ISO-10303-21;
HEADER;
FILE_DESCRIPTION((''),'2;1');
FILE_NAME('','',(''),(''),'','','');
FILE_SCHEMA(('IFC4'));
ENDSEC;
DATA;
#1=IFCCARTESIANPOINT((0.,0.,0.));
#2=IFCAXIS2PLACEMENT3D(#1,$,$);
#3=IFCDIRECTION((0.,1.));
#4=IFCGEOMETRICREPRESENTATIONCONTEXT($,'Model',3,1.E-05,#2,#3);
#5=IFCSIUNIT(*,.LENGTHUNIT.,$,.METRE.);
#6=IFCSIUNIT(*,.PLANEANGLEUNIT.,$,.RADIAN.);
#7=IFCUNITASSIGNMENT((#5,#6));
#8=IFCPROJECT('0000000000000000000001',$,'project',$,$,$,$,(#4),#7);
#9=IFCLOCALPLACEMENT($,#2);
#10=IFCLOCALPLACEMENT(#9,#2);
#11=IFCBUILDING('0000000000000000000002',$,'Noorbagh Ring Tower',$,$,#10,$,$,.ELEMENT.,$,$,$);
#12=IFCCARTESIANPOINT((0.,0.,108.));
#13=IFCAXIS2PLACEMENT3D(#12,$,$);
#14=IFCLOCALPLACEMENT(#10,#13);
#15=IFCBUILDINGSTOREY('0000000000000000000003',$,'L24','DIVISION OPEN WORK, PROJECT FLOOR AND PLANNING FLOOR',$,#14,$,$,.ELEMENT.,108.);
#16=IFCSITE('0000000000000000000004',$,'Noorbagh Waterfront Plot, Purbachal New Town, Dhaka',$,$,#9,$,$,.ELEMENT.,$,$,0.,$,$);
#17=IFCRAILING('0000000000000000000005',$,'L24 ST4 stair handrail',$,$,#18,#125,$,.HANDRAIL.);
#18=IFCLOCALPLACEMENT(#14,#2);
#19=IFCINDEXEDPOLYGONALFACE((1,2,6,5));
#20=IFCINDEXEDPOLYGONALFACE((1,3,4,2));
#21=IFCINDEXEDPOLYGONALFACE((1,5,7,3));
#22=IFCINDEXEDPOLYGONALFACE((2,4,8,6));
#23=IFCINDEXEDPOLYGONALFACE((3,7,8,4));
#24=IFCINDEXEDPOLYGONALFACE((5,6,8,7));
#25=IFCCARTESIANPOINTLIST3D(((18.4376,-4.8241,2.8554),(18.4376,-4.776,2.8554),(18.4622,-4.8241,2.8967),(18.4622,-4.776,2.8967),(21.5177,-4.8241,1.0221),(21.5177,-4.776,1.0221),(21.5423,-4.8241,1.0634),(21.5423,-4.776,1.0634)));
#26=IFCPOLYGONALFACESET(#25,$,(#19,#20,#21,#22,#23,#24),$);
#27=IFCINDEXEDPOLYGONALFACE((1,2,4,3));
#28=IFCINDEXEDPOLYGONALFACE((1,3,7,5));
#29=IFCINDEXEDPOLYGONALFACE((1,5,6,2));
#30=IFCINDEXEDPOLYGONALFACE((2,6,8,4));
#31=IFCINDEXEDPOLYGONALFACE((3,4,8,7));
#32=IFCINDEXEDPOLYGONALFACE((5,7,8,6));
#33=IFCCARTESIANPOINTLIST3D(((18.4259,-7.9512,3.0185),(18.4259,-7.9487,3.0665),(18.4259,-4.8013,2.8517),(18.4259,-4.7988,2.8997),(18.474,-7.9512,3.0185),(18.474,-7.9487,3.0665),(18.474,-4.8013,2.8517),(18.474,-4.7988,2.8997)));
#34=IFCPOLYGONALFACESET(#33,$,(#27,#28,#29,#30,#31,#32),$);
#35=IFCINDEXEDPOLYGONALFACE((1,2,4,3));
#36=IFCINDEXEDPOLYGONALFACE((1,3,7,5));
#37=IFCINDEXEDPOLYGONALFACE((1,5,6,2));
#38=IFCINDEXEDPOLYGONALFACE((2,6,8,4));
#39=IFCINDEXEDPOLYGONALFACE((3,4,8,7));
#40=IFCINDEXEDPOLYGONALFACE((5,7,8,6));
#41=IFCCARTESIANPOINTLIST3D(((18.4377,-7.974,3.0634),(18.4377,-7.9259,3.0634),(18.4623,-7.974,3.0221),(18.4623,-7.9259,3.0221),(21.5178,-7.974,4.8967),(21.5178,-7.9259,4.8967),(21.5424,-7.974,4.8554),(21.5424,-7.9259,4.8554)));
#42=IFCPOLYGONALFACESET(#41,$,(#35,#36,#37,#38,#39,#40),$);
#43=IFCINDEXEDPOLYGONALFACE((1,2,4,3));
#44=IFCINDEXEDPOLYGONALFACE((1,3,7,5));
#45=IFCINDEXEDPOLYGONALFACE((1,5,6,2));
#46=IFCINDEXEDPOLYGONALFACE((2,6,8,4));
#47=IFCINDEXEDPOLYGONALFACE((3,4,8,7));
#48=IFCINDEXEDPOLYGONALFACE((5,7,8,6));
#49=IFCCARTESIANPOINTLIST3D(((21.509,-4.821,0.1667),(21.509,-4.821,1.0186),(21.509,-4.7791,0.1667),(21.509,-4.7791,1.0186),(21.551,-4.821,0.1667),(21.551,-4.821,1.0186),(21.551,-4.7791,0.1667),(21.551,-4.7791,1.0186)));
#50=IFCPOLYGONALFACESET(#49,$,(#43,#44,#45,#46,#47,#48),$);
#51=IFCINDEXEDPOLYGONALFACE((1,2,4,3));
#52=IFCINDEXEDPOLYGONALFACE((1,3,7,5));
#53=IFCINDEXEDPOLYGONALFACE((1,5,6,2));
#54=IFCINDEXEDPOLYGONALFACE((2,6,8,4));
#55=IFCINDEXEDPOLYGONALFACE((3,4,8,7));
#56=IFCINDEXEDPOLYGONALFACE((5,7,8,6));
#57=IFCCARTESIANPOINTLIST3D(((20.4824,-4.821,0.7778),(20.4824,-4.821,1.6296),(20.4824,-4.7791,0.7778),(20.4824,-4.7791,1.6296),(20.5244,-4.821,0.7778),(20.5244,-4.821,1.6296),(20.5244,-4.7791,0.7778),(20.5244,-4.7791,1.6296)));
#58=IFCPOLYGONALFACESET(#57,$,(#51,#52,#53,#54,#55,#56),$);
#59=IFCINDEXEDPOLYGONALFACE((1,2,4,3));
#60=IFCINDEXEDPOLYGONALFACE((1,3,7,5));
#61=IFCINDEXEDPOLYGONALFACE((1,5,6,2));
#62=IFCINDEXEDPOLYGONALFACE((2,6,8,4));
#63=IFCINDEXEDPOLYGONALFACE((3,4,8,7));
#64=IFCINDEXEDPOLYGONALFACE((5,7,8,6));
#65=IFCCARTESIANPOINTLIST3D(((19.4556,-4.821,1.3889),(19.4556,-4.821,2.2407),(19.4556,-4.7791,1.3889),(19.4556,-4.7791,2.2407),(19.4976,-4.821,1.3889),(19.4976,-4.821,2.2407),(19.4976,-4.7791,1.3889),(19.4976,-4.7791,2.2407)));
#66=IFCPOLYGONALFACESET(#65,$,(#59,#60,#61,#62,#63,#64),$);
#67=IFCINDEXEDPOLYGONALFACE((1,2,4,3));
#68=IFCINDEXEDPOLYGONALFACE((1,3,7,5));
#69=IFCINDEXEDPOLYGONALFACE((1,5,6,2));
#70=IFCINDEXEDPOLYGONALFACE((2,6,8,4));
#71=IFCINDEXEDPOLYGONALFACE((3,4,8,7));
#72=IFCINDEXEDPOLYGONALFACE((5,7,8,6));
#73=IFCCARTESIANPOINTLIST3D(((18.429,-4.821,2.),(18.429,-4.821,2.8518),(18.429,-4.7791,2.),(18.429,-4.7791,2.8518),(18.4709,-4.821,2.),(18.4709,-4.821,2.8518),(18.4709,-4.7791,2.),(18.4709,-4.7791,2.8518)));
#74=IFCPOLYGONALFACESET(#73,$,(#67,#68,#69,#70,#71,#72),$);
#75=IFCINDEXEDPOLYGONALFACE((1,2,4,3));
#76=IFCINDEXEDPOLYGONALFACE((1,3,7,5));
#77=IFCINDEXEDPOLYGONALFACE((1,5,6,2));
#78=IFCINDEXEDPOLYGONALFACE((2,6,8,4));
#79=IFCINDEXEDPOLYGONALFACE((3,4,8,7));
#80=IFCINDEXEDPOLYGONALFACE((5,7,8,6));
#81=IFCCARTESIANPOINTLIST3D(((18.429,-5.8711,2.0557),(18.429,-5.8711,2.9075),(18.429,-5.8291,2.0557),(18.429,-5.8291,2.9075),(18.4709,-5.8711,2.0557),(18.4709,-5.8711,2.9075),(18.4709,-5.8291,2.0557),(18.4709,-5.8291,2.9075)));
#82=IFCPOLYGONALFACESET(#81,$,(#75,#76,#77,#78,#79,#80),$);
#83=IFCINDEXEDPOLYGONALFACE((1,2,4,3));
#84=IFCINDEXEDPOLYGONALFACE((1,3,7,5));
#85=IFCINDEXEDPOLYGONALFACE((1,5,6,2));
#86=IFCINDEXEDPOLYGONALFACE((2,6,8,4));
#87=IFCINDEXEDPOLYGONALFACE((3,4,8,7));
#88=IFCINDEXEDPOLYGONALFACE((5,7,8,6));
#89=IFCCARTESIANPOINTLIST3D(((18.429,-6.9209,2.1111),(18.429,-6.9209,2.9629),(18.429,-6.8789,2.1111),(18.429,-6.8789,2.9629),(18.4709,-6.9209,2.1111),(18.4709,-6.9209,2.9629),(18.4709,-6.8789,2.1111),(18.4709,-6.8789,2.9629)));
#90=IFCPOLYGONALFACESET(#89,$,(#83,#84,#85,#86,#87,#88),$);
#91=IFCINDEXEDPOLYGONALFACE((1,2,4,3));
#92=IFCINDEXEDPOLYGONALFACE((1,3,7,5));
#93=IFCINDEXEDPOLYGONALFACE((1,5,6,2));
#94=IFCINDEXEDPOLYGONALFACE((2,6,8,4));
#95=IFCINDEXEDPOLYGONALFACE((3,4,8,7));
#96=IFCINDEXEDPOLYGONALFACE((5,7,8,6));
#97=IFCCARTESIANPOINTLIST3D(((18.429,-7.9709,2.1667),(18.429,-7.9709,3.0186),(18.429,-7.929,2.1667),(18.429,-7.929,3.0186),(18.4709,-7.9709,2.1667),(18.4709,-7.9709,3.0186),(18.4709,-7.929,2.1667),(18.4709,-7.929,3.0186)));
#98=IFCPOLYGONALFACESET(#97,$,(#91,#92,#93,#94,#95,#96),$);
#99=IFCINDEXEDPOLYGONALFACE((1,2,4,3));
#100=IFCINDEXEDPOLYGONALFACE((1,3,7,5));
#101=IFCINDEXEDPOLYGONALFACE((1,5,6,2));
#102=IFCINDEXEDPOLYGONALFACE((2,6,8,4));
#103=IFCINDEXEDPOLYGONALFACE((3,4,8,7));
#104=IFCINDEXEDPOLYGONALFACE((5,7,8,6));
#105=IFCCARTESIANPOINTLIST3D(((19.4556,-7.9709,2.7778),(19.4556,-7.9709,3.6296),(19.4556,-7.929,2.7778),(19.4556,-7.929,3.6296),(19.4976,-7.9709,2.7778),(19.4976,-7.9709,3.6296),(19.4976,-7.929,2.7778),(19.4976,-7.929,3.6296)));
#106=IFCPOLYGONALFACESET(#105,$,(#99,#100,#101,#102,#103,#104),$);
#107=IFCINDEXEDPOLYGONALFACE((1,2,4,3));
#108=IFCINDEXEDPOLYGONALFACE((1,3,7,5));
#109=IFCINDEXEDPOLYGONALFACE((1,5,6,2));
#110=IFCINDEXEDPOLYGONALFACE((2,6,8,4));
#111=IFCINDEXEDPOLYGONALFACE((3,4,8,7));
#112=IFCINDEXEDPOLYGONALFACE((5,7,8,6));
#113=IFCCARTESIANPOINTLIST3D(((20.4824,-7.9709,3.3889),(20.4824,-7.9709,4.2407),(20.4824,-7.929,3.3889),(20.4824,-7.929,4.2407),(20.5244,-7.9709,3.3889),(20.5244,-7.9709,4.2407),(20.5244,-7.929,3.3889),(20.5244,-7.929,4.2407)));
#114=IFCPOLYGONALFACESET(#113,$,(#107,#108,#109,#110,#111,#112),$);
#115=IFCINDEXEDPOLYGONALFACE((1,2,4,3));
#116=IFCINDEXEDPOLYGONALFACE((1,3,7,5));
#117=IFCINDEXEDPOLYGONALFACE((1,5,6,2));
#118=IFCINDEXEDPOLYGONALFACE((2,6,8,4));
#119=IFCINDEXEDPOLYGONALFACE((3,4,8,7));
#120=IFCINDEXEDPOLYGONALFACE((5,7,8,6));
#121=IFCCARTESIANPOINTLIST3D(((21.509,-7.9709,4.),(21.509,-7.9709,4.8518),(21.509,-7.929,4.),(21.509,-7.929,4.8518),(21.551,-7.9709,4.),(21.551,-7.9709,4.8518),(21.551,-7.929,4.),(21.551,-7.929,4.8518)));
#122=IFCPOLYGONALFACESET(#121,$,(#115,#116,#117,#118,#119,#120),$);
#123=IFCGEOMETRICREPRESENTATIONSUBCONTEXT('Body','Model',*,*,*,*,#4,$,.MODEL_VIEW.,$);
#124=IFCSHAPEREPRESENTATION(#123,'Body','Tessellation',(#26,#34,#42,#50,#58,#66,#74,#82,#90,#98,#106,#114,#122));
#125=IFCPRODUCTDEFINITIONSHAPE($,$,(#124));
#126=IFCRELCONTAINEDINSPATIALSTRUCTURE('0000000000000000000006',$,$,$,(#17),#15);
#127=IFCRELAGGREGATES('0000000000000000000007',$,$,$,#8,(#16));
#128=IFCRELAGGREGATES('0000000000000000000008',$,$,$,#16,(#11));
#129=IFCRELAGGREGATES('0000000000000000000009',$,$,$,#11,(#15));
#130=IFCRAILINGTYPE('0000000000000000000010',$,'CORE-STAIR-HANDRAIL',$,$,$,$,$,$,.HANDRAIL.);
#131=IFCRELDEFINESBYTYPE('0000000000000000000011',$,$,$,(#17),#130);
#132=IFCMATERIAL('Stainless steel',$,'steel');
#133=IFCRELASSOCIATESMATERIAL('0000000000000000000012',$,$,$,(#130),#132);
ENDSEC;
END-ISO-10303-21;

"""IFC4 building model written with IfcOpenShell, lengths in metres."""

from ifc_helpers import new_model, si_unit, direction, frame, origin, origin_2d, place, context, subcontext, project, spatial, rectangle, extrude, material, type_object, element, save


model = new_model("IFC4")

# Units and contexts
model_context = context("Model", 3, precision=1e-05, world=origin(), true_north=direction((0.0, 1.0)))
body_context = subcontext(model_context, "Body", "Model", "MODEL_VIEW")
ifc_project = project(units=[si_unit("LENGTHUNIT", "METRE"), si_unit("PLANEANGLEUNIT", "RADIAN")], contexts=[model_context])

# Site, building, storey
site_placement = place(None, origin())
site = spatial("IfcSite", under=ifc_project, at=site_placement, Name="Noorbagh Waterfront Plot, Purbachal New Town, Dhaka", CompositionType="ELEMENT", RefElevation=0.0)
building_placement = place(site_placement, origin())
building = spatial("IfcBuilding", under=site, at=building_placement, Name="Noorbagh Ring Tower", CompositionType="ELEMENT")
storey_placement = place(building_placement, frame((0.0, 0.0, 108.0)))
storey = spatial("IfcBuildingStorey", under=building, at=storey_placement, Name="L24", Description="DIVISION OPEN WORK, PROJECT FLOOR AND PLANNING FLOOR", CompositionType="ELEMENT", Elevation=108.0)

# Railing
ifc_material_1 = material(Name="Stainless steel", Category="steel")
railing_type_1 = type_object("IfcRailingType", Name="CORE-STAIR-HANDRAIL", PredefinedType="HANDRAIL", material=ifc_material_1)
railing_1_placement = place(storey_placement, frame((21.53, -4.8, 0.1667)))
element("IfcRailing", 1, at=railing_1_placement, inside=storey, type_object=railing_type_1, Name="L24 ST4 stair handrail", PredefinedType="HANDRAIL", context=body_context, shape_type="SweptSolid", body=[
    extrude(rectangle(XDim=0.0481, YDim=0.0481, at=origin_2d()), frame((0.0, 0.0, 0.876), z_axis=(-0.859309, 0.0, 0.511458), x_axis=(0.0, -1.0, 0.0)), (0.0, 0.0, 1.0), 3.5845),
    extrude(rectangle(XDim=0.0481, YDim=0.0481, at=origin_2d()), frame((-3.0801, 0.0, 2.709), z_axis=(0.0, -0.998602, 0.052864), x_axis=(1.0, 0.0, 0.0)), (0.0, 0.0, 1.0), 3.1543),
    extrude(rectangle(XDim=0.0481, YDim=0.0481, at=origin_2d()), frame((-3.0801, -3.1499, 2.876), z_axis=(0.859309, 0.0, 0.511458), x_axis=(0.0, 1.0, 0.0)), (0.0, 0.0, 1.0), 3.5845),
    extrude(rectangle(XDim=0.042, YDim=0.042, at=origin_2d()), origin(), (0.0, 0.0, 1.0), 0.8518),
    extrude(rectangle(XDim=0.042, YDim=0.042, at=origin_2d()), frame((-1.0266, 0.0, 0.6111)), (0.0, 0.0, 1.0), 0.8518),
    extrude(rectangle(XDim=0.042, YDim=0.042, at=origin_2d()), frame((-2.0535, 0.0, 1.2222)), (0.0, 0.0, 1.0), 0.8518),
    extrude(rectangle(XDim=0.042, YDim=0.042, at=origin_2d()), frame((-3.0801, 0.0, 1.8333)), (0.0, 0.0, 1.0), 0.8518),
    extrude(rectangle(XDim=0.042, YDim=0.042, at=origin_2d()), frame((-3.0801, -1.05, 1.8889)), (0.0, 0.0, 1.0), 0.8518),
    extrude(rectangle(XDim=0.042, YDim=0.042, at=origin_2d()), frame((-3.0801, -2.0999, 1.9443)), (0.0, 0.0, 1.0), 0.8518),
    extrude(rectangle(XDim=0.042, YDim=0.042, at=origin_2d()), frame((-3.0801, -3.1499, 2.0)), (0.0, 0.0, 1.0), 0.8518),
    extrude(rectangle(XDim=0.042, YDim=0.042, at=origin_2d()), frame((-2.0535, -3.1499, 2.6111)), (0.0, 0.0, 1.0), 0.8518),
    extrude(rectangle(XDim=0.042, YDim=0.042, at=origin_2d()), frame((-1.0266, -3.1499, 3.2222)), (0.0, 0.0, 1.0), 0.8518),
    extrude(rectangle(XDim=0.042, YDim=0.042, at=origin_2d()), frame((0.0, -3.1499, 3.8333)), (0.0, 0.0, 1.0), 0.8518),
])

save(model, "model.ifc")
